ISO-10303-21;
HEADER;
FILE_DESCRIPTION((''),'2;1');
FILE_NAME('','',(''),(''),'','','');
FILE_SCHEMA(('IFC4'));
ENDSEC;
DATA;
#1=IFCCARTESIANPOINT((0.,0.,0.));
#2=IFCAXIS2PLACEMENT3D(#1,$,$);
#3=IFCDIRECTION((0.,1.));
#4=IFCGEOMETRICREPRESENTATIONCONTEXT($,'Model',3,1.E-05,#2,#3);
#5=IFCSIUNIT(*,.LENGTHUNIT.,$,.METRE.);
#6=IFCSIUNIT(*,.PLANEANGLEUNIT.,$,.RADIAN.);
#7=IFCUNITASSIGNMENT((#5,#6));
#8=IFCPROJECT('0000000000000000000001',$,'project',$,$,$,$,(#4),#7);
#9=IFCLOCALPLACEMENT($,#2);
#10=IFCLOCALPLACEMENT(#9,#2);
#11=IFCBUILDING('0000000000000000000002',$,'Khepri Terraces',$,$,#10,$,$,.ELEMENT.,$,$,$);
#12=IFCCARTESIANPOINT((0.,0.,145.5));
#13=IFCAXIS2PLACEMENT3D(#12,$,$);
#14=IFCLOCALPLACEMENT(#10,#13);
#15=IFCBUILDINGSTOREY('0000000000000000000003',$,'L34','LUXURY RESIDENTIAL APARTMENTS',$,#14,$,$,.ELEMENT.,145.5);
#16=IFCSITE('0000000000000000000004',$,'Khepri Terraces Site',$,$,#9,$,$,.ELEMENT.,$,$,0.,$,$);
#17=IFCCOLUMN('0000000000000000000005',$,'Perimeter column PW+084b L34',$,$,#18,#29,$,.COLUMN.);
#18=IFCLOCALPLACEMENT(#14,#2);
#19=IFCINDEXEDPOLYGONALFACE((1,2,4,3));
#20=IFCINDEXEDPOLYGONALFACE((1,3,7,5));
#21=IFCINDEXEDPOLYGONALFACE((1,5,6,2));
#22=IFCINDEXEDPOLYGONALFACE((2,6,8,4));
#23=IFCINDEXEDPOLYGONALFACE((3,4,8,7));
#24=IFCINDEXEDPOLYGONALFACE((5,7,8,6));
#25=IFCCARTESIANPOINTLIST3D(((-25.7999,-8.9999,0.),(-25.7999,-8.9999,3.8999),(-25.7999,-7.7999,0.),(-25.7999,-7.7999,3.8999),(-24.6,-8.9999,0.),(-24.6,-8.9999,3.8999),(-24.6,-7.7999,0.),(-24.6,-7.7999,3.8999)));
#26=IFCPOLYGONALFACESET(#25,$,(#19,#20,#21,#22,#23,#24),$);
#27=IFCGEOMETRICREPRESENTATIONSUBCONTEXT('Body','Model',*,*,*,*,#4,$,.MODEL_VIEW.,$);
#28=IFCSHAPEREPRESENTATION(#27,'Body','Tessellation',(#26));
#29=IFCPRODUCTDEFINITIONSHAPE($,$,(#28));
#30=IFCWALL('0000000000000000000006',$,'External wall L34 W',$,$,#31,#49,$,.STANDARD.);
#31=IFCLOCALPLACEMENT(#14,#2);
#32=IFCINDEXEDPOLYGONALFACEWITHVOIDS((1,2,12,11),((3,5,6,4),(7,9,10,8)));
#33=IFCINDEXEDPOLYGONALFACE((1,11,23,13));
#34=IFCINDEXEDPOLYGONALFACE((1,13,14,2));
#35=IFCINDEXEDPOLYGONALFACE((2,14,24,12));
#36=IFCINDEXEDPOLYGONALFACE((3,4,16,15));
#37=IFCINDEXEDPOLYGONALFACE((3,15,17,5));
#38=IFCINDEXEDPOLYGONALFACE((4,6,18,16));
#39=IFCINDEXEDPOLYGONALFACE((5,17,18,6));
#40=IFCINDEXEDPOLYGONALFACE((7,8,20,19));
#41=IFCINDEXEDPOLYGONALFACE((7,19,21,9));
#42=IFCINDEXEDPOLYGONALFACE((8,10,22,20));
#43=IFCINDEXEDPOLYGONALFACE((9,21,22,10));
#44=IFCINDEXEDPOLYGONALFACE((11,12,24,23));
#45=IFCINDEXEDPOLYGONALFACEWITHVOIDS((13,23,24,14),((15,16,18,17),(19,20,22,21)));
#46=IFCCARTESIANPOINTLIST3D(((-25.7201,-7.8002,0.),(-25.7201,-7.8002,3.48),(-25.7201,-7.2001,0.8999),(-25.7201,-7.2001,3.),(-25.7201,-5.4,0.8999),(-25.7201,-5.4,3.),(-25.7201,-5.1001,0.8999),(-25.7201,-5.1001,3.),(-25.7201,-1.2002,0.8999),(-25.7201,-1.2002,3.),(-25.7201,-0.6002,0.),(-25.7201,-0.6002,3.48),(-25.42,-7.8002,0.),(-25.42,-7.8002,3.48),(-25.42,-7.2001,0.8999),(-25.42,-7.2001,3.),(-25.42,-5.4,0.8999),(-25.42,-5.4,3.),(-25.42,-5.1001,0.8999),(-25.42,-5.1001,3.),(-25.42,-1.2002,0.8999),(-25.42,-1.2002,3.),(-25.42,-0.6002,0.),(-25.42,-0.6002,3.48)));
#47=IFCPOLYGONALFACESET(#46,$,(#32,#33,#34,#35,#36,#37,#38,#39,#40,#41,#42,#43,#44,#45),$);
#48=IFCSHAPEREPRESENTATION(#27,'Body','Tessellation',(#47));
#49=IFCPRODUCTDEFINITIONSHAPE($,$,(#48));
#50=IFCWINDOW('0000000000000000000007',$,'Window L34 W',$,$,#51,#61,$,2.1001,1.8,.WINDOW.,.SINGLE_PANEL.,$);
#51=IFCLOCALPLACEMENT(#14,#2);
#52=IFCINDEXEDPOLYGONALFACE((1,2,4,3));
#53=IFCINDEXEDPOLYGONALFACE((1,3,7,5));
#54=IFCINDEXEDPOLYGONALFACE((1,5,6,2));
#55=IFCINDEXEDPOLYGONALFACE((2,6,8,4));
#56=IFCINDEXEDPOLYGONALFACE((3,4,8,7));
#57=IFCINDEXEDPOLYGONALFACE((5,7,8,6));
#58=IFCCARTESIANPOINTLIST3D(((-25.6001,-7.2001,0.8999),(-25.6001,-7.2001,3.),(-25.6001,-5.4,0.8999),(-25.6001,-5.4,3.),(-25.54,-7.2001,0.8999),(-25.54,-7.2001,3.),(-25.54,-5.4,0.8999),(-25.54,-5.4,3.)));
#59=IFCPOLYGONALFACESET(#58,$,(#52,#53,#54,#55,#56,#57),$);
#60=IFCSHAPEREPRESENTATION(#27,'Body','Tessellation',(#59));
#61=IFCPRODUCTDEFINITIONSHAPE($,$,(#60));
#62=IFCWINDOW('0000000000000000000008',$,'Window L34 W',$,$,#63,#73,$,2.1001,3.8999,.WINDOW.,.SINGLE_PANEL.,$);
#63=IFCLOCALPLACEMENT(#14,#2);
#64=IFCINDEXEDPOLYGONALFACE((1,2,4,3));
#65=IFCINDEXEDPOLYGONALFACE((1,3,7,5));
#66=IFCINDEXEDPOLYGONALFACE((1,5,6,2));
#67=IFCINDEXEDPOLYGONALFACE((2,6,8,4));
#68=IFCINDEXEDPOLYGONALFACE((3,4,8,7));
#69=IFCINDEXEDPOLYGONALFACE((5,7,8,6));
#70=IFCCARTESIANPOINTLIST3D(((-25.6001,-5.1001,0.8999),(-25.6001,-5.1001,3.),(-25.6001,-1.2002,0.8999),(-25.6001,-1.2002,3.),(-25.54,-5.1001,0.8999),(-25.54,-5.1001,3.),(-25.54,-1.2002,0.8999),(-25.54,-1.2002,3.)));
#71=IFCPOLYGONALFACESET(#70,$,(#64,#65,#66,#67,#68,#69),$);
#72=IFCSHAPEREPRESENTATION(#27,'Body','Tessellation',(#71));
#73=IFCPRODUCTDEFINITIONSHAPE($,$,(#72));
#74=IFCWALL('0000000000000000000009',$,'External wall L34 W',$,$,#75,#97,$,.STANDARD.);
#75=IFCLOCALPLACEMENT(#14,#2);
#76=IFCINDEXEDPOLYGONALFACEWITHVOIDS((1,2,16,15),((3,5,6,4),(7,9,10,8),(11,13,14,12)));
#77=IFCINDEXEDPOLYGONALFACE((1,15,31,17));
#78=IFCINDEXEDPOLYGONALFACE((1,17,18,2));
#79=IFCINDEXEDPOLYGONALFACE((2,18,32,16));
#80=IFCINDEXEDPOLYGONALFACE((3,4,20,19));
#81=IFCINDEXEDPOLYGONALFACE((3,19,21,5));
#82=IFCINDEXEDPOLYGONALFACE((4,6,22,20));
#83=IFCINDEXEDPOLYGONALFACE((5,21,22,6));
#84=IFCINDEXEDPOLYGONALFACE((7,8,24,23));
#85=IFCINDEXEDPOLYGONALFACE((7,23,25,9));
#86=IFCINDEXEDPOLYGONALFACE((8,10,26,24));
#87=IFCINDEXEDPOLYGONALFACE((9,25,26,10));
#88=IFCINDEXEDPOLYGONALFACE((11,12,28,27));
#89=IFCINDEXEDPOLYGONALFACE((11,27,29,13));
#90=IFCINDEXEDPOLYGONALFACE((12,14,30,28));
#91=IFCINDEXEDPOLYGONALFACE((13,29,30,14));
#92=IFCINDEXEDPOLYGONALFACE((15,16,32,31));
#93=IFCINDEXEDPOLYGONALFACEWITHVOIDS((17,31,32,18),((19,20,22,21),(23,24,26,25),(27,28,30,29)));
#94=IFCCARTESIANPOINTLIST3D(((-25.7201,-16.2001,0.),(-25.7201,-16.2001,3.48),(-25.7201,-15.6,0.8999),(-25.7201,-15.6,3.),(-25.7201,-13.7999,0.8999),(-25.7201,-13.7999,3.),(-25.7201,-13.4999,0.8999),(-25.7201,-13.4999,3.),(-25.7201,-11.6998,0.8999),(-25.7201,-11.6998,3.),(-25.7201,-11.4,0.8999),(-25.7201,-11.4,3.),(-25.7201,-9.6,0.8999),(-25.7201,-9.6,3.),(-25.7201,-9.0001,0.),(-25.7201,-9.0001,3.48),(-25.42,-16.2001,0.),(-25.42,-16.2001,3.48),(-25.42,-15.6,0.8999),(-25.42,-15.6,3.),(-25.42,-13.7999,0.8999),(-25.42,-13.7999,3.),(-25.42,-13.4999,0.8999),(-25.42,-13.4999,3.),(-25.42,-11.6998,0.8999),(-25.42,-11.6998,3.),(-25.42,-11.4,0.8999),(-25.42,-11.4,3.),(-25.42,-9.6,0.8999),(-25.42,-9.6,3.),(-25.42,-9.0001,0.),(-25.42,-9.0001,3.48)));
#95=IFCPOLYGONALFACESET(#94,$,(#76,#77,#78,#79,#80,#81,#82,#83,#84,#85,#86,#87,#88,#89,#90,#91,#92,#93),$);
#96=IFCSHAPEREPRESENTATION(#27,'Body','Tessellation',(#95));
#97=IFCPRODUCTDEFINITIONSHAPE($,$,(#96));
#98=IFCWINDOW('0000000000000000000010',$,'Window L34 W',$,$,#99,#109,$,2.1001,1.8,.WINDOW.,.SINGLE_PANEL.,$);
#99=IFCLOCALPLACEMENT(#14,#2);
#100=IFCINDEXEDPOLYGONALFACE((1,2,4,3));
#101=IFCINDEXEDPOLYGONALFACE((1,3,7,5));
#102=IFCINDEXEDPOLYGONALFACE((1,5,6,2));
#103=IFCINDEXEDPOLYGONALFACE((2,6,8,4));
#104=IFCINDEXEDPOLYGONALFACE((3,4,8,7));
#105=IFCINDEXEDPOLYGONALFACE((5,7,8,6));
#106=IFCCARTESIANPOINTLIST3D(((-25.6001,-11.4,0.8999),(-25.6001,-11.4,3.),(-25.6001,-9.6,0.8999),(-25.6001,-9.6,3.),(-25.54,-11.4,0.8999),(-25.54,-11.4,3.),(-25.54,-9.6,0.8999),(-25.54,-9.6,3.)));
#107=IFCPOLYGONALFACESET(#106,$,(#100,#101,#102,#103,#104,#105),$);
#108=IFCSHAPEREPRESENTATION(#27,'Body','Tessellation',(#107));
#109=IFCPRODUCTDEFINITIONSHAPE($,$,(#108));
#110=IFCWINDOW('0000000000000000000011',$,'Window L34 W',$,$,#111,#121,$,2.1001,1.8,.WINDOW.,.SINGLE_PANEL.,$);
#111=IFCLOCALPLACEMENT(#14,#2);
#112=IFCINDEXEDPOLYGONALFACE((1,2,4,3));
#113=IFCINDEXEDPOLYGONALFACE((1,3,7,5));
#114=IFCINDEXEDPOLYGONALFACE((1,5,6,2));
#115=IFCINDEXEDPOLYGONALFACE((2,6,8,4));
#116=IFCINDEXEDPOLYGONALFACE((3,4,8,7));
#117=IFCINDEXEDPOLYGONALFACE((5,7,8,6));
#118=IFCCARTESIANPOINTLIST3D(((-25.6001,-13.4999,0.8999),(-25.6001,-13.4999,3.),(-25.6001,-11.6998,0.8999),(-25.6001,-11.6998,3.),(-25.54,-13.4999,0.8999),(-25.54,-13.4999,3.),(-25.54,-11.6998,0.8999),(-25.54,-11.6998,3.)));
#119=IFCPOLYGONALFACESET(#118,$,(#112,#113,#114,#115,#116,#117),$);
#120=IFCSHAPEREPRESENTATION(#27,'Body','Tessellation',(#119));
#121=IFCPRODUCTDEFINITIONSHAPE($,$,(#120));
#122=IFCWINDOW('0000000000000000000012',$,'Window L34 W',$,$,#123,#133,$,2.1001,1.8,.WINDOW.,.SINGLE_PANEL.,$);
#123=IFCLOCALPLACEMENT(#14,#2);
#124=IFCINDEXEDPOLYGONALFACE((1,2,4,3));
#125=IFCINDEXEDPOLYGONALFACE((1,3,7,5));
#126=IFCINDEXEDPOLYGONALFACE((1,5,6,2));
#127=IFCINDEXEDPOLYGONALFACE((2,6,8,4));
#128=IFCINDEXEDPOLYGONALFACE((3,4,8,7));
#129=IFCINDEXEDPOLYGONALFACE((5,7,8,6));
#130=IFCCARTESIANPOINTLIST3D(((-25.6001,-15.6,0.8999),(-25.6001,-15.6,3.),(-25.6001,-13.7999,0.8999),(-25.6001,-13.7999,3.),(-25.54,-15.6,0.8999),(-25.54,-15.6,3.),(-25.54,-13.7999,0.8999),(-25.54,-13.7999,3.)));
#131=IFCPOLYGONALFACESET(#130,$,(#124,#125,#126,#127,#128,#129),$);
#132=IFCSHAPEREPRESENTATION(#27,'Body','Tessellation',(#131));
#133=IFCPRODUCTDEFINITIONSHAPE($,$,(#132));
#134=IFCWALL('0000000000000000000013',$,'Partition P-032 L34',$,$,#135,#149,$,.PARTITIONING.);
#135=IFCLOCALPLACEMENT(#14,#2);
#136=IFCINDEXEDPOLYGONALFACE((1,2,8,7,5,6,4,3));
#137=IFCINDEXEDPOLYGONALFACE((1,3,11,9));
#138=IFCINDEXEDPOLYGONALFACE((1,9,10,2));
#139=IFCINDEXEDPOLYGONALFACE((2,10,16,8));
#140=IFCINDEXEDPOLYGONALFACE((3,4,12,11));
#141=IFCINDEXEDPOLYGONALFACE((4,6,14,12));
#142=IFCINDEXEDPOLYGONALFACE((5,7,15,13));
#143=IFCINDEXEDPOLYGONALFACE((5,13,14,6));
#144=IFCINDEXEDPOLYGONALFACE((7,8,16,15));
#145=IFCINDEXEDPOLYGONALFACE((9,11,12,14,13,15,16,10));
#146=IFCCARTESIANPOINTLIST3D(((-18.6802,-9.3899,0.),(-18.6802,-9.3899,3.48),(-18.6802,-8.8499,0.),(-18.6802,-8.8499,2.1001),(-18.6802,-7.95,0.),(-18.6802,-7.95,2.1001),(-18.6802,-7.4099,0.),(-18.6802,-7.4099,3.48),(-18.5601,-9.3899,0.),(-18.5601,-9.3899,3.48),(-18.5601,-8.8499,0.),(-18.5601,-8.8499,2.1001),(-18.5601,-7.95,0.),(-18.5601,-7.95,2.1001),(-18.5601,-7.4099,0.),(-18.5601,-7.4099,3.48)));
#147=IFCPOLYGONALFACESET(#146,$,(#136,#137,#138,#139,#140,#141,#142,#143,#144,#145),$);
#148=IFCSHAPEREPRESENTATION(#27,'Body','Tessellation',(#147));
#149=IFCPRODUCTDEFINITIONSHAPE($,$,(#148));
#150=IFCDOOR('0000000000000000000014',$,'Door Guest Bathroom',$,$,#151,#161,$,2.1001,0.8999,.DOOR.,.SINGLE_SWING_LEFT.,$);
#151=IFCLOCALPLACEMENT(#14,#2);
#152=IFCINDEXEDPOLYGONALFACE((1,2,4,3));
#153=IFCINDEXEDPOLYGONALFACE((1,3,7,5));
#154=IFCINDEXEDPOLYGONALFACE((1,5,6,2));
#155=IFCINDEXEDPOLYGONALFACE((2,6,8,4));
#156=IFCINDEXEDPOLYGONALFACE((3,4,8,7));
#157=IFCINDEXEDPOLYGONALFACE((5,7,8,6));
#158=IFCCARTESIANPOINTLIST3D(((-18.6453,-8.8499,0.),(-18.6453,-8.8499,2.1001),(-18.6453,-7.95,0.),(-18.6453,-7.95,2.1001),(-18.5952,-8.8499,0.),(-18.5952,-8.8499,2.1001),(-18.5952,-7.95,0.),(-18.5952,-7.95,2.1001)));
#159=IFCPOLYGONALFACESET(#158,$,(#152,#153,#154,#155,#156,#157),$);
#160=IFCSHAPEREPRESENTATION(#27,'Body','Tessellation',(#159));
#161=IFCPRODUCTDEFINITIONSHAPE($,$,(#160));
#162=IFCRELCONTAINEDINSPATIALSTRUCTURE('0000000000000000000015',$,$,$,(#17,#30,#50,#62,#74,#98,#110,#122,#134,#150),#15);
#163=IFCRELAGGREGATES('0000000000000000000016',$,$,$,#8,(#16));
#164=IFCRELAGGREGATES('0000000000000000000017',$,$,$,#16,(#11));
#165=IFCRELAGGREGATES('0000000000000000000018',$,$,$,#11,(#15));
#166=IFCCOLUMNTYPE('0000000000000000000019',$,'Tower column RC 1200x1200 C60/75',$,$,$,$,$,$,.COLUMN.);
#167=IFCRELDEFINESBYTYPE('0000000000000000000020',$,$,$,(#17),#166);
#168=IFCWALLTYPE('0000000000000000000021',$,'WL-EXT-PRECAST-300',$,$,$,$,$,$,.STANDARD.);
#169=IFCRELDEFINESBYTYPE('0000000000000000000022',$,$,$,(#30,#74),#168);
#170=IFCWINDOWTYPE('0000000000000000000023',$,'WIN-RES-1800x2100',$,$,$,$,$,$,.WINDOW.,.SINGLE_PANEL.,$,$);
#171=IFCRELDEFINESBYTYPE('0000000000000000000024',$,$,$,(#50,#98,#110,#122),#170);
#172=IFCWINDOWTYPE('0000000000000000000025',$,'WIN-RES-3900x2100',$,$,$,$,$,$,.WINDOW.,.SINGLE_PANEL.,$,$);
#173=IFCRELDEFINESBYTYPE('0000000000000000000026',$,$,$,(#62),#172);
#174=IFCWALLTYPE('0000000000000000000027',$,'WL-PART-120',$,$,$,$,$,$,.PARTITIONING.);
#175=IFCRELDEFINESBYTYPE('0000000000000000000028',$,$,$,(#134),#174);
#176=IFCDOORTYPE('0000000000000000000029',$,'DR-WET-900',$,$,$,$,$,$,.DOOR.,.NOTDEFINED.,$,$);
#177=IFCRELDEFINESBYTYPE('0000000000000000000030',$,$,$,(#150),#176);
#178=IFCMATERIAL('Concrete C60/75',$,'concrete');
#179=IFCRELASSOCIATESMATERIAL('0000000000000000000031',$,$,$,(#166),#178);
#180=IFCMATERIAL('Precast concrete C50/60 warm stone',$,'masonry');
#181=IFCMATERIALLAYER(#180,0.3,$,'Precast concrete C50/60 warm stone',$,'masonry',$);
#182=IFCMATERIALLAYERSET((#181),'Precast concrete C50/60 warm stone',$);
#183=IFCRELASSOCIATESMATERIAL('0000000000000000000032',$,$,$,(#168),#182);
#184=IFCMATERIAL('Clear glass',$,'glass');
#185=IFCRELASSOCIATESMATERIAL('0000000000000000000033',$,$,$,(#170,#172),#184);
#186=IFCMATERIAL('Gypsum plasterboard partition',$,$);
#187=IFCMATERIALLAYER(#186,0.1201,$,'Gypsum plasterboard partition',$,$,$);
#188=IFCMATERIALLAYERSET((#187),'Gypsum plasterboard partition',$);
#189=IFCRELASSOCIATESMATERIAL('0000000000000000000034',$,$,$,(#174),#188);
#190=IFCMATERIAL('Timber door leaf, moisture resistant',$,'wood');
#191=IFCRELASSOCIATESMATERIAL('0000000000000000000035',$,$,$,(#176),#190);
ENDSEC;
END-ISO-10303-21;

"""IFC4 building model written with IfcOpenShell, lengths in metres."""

from ifc_helpers import new_model, si_unit, direction, frame, frame_2d, origin, origin_2d, place, context, subcontext, project, spatial, rectangle, extrude, material, layer, layer_set, material_profile, profile_set, type_object, element, fill, save


model = new_model("IFC4")

# Units and contexts
model_context = context("Model", 3, precision=1e-05, world=origin(), true_north=direction((0.0, 1.0)))
body_context = subcontext(model_context, "Body", "Model", "MODEL_VIEW")
ifc_project = project(units=[si_unit("LENGTHUNIT", "METRE"), si_unit("PLANEANGLEUNIT", "RADIAN")], contexts=[model_context])

# Site, building, storey
site_placement = place(None, origin())
site = spatial("IfcSite", under=ifc_project, at=site_placement, Name="Khepri Terraces Site", CompositionType="ELEMENT", RefElevation=0.0)
building_placement = place(site_placement, origin())
building = spatial("IfcBuilding", under=site, at=building_placement, Name="Khepri Terraces", CompositionType="ELEMENT")
storey_placement = place(building_placement, frame((0.0, 0.0, 145.5)))
storey = spatial("IfcBuildingStorey", under=building, at=storey_placement, Name="L34", Description="LUXURY RESIDENTIAL APARTMENTS", CompositionType="ELEMENT", Elevation=145.5)

# Column
ifc_material_1 = material(Name="Concrete C60/75", Category="concrete")
ifc_material_profile = material_profile(ifc_material_1, rectangle(XDim=1.2, YDim=1.2, at=origin_2d()), Name="Concrete C60/75", Category="concrete")
ifc_profile_set = profile_set([ifc_material_profile], Name="Concrete C60/75")
column_type = type_object("IfcColumnType", Name="Tower column RC 1200x1200 C60/75", PredefinedType="COLUMN", material=ifc_profile_set)
column_placement = place(storey_placement, frame((-25.2, -8.3999, 0.0), z_axis=(0.0, 0.0, 1.0), x_axis=(1.0, 0.0, 0.0)))
element("IfcColumn", 1, at=column_placement, inside=storey, type_object=column_type, Name="Perimeter column PW+084b L34", PredefinedType="COLUMN", context=body_context, shape_type="SweptSolid", body=[
    extrude(rectangle(XDim=1.2, YDim=1.2, at=origin_2d()), origin(), (0.0, 0.0, 1.0), 3.8999),
])

# Walls, openings, windows
ifc_material_2 = material(Name="Precast concrete C50/60 warm stone", Category="masonry")
ifc_layer_1 = layer(ifc_material_2, 0.3, Name="Precast concrete C50/60 warm stone", Category="masonry")
ifc_layer_set_1 = layer_set([ifc_layer_1], Name="Precast concrete C50/60 warm stone")
wall_type_1 = type_object("IfcWallType", Name="WL-EXT-PRECAST-300", PredefinedType="STANDARD", material=ifc_layer_set_1)
wall_1_placement = place(storey_placement, frame((-25.5701, -0.6001, 0.0), z_axis=(0.0, 0.0, 1.0), x_axis=(0.0, -1.0, 0.0)))
wall_1 = element("IfcWall", 2, at=wall_1_placement, inside=storey, type_object=wall_type_1, Name="External wall L34 W", PredefinedType="STANDARD", context=body_context, shape_type="SweptSolid", body=[
    extrude(rectangle(XDim=7.2, YDim=0.3, at=frame_2d((3.6001, 0.0))), origin(), (0.0, 0.0, 1.0), 3.48),
])
opening_1_placement = place(wall_1_placement, frame((0.6001, 0.0, 0.8999)))
opening_1 = element("IfcOpeningElement", 3, at=opening_1_placement, cuts=wall_1, PredefinedType="OPENING", context=body_context, shape_type="SweptSolid", body=[
    extrude(rectangle(XDim=3.8999, YDim=2.1001, at=frame_2d((1.95, 1.05))), frame((0.0, 0.1602, 0.0), z_axis=(0.0, -1.0, 0.0), x_axis=(1.0, 0.0, 0.0)), (0.0, 0.0, 1.0), 0.3201),
])
opening_2_placement = place(wall_1_placement, frame((4.8, 0.0, 0.8999)))
opening_2 = element("IfcOpeningElement", 4, at=opening_2_placement, cuts=wall_1, PredefinedType="OPENING", context=body_context, shape_type="SweptSolid", body=[
    extrude(rectangle(XDim=1.8, YDim=2.1001, at=frame_2d((0.8999, 1.05))), frame((0.0, 0.1602, 0.0), z_axis=(0.0, -1.0, 0.0), x_axis=(1.0, 0.0, 0.0)), (0.0, 0.0, 1.0), 0.3201),
])
ifc_material_3 = material(Name="Clear glass", Category="glass")
window_type_1 = type_object("IfcWindowType", Name="WIN-RES-1800x2100", PartitioningType="SINGLE_PANEL", PredefinedType="WINDOW", material=ifc_material_3)
window_1_placement = place(opening_2_placement, origin())
window_1 = element("IfcWindow", 5, at=window_1_placement, inside=storey, type_object=window_type_1, Name="Window L34 W", OverallHeight=2.1001, OverallWidth=1.8, PartitioningType="SINGLE_PANEL", PredefinedType="WINDOW", context=body_context, shape_type="SweptSolid", body=[
    extrude(rectangle(XDim=1.8, YDim=2.1001, at=frame_2d((0.8999, 1.05))), frame((0.0, 0.03, 0.0), z_axis=(0.0, -1.0, 0.0), x_axis=(1.0, 0.0, 0.0)), (0.0, 0.0, 1.0), 0.0601),
])
fill(opening_2, window_1)
window_type_2 = type_object("IfcWindowType", Name="WIN-RES-3900x2100", PartitioningType="SINGLE_PANEL", PredefinedType="WINDOW", material=ifc_material_3)
window_2_placement = place(opening_1_placement, origin())
window_2 = element("IfcWindow", 6, at=window_2_placement, inside=storey, type_object=window_type_2, Name="Window L34 W", OverallHeight=2.1001, OverallWidth=3.8999, PartitioningType="SINGLE_PANEL", PredefinedType="WINDOW", context=body_context, shape_type="SweptSolid", body=[
    extrude(rectangle(XDim=3.8999, YDim=2.1001, at=frame_2d((1.95, 1.05))), frame((0.0, 0.03, 0.0), z_axis=(0.0, -1.0, 0.0), x_axis=(1.0, 0.0, 0.0)), (0.0, 0.0, 1.0), 0.0601),
])
fill(opening_1, window_2)
wall_2_placement = place(storey_placement, frame((-25.5701, -9.0, 0.0), z_axis=(0.0, 0.0, 1.0), x_axis=(0.0, -1.0, 0.0)))
wall_2 = element("IfcWall", 7, at=wall_2_placement, inside=storey, type_object=wall_type_1, Name="External wall L34 W", PredefinedType="STANDARD", context=body_context, shape_type="SweptSolid", body=[
    extrude(rectangle(XDim=7.2, YDim=0.3, at=frame_2d((3.6001, 0.0))), origin(), (0.0, 0.0, 1.0), 3.48),
])
opening_3_placement = place(wall_2_placement, frame((0.6001, 0.0, 0.8999)))
opening_3 = element("IfcOpeningElement", 8, at=opening_3_placement, cuts=wall_2, PredefinedType="OPENING", context=body_context, shape_type="SweptSolid", body=[
    extrude(rectangle(XDim=1.8, YDim=2.1001, at=frame_2d((0.8999, 1.05))), frame((0.0, 0.1602, 0.0), z_axis=(0.0, -1.0, 0.0), x_axis=(1.0, 0.0, 0.0)), (0.0, 0.0, 1.0), 0.3201),
])
opening_4_placement = place(wall_2_placement, frame((2.7, 0.0, 0.8999)))
opening_4 = element("IfcOpeningElement", 9, at=opening_4_placement, cuts=wall_2, PredefinedType="OPENING", context=body_context, shape_type="SweptSolid", body=[
    extrude(rectangle(XDim=1.8, YDim=2.1001, at=frame_2d((0.8999, 1.05))), frame((0.0, 0.1602, 0.0), z_axis=(0.0, -1.0, 0.0), x_axis=(1.0, 0.0, 0.0)), (0.0, 0.0, 1.0), 0.3201),
])
opening_5_placement = place(wall_2_placement, frame((4.8, 0.0, 0.8999)))
opening_5 = element("IfcOpeningElement", 10, at=opening_5_placement, cuts=wall_2, PredefinedType="OPENING", context=body_context, shape_type="SweptSolid", body=[
    extrude(rectangle(XDim=1.8, YDim=2.1001, at=frame_2d((0.8999, 1.05))), frame((0.0, 0.1602, 0.0), z_axis=(0.0, -1.0, 0.0), x_axis=(1.0, 0.0, 0.0)), (0.0, 0.0, 1.0), 0.3201),
])
window_3_placement = place(opening_3_placement, origin())
window_3 = element("IfcWindow", 11, at=window_3_placement, inside=storey, type_object=window_type_1, Name="Window L34 W", OverallHeight=2.1001, OverallWidth=1.8, PartitioningType="SINGLE_PANEL", PredefinedType="WINDOW", context=body_context, shape_type="SweptSolid", body=[
    extrude(rectangle(XDim=1.8, YDim=2.1001, at=frame_2d((0.8999, 1.05))), frame((0.0, 0.03, 0.0), z_axis=(0.0, -1.0, 0.0), x_axis=(1.0, 0.0, 0.0)), (0.0, 0.0, 1.0), 0.0601),
])
fill(opening_3, window_3)
window_4_placement = place(opening_4_placement, origin())
window_4 = element("IfcWindow", 12, at=window_4_placement, inside=storey, type_object=window_type_1, Name="Window L34 W", OverallHeight=2.1001, OverallWidth=1.8, PartitioningType="SINGLE_PANEL", PredefinedType="WINDOW", context=body_context, shape_type="SweptSolid", body=[
    extrude(rectangle(XDim=1.8, YDim=2.1001, at=frame_2d((0.8999, 1.05))), frame((0.0, 0.03, 0.0), z_axis=(0.0, -1.0, 0.0), x_axis=(1.0, 0.0, 0.0)), (0.0, 0.0, 1.0), 0.0601),
])
fill(opening_4, window_4)
window_5_placement = place(opening_5_placement, origin())
window_5 = element("IfcWindow", 13, at=window_5_placement, inside=storey, type_object=window_type_1, Name="Window L34 W", OverallHeight=2.1001, OverallWidth=1.8, PartitioningType="SINGLE_PANEL", PredefinedType="WINDOW", context=body_context, shape_type="SweptSolid", body=[
    extrude(rectangle(XDim=1.8, YDim=2.1001, at=frame_2d((0.8999, 1.05))), frame((0.0, 0.03, 0.0), z_axis=(0.0, -1.0, 0.0), x_axis=(1.0, 0.0, 0.0)), (0.0, 0.0, 1.0), 0.0601),
])
fill(opening_5, window_5)

# Wall, opening, door
ifc_material_4 = material(Name="Gypsum plasterboard partition")
ifc_layer_2 = layer(ifc_material_4, 0.1201, Name="Gypsum plasterboard partition")
ifc_layer_set_2 = layer_set([ifc_layer_2], Name="Gypsum plasterboard partition")
wall_type_2 = type_object("IfcWallType", Name="WL-PART-120", PredefinedType="PARTITIONING", material=ifc_layer_set_2)
wall_3_placement = place(storey_placement, frame((-18.6201, -9.3899, 0.0), z_axis=(0.0, 0.0, 1.0), x_axis=(0.0, 1.0, 0.0)))
wall_3 = element("IfcWall", 14, at=wall_3_placement, inside=storey, type_object=wall_type_2, Name="Partition P-032 L34", PredefinedType="PARTITIONING", context=body_context, shape_type="SweptSolid", body=[
    extrude(rectangle(XDim=1.98, YDim=0.1201, at=frame_2d((0.99, 0.0))), origin(), (0.0, 0.0, 1.0), 3.48),
])
opening_6_placement = place(wall_3_placement, frame((0.54, 0.0, 0.0)))
opening_6 = element("IfcOpeningElement", 15, at=opening_6_placement, cuts=wall_3, PredefinedType="OPENING", context=body_context, shape_type="SweptSolid", body=[
    extrude(rectangle(XDim=0.8999, YDim=2.1001, at=frame_2d((0.45, 1.05))), frame((0.0, 0.0701, 0.0), z_axis=(0.0, -1.0, 0.0), x_axis=(1.0, 0.0, 0.0)), (0.0, 0.0, 1.0), 0.1401),
])
ifc_material_5 = material(Name="Timber door leaf, moisture resistant", Category="wood")
door_type_1 = type_object("IfcDoorType", Name="DR-WET-900", OperationType="NOTDEFINED", PredefinedType="DOOR", material=ifc_material_5)
door_1_placement = place(opening_6_placement, frame((0.8999, 0.0, 0.0), z_axis=(0.0, 0.0, 1.0), x_axis=(-1.0, 0.0, 0.0)))
door_1 = element("IfcDoor", 16, at=door_1_placement, inside=storey, type_object=door_type_1, Name="Door Guest Bathroom", OperationType="SINGLE_SWING_LEFT", OverallHeight=2.1001, OverallWidth=0.8999, PredefinedType="DOOR", context=body_context, shape_type="SweptSolid", body=[
    extrude(rectangle(XDim=0.8999, YDim=2.1001, at=frame_2d((0.45, 1.05))), frame((0.0, 0.0249, 0.0), z_axis=(0.0, -1.0, 0.0), x_axis=(1.0, 0.0, 0.0)), (0.0, 0.0, 1.0), 0.05),
])
fill(opening_6, door_1)

save(model, "model.ifc")
